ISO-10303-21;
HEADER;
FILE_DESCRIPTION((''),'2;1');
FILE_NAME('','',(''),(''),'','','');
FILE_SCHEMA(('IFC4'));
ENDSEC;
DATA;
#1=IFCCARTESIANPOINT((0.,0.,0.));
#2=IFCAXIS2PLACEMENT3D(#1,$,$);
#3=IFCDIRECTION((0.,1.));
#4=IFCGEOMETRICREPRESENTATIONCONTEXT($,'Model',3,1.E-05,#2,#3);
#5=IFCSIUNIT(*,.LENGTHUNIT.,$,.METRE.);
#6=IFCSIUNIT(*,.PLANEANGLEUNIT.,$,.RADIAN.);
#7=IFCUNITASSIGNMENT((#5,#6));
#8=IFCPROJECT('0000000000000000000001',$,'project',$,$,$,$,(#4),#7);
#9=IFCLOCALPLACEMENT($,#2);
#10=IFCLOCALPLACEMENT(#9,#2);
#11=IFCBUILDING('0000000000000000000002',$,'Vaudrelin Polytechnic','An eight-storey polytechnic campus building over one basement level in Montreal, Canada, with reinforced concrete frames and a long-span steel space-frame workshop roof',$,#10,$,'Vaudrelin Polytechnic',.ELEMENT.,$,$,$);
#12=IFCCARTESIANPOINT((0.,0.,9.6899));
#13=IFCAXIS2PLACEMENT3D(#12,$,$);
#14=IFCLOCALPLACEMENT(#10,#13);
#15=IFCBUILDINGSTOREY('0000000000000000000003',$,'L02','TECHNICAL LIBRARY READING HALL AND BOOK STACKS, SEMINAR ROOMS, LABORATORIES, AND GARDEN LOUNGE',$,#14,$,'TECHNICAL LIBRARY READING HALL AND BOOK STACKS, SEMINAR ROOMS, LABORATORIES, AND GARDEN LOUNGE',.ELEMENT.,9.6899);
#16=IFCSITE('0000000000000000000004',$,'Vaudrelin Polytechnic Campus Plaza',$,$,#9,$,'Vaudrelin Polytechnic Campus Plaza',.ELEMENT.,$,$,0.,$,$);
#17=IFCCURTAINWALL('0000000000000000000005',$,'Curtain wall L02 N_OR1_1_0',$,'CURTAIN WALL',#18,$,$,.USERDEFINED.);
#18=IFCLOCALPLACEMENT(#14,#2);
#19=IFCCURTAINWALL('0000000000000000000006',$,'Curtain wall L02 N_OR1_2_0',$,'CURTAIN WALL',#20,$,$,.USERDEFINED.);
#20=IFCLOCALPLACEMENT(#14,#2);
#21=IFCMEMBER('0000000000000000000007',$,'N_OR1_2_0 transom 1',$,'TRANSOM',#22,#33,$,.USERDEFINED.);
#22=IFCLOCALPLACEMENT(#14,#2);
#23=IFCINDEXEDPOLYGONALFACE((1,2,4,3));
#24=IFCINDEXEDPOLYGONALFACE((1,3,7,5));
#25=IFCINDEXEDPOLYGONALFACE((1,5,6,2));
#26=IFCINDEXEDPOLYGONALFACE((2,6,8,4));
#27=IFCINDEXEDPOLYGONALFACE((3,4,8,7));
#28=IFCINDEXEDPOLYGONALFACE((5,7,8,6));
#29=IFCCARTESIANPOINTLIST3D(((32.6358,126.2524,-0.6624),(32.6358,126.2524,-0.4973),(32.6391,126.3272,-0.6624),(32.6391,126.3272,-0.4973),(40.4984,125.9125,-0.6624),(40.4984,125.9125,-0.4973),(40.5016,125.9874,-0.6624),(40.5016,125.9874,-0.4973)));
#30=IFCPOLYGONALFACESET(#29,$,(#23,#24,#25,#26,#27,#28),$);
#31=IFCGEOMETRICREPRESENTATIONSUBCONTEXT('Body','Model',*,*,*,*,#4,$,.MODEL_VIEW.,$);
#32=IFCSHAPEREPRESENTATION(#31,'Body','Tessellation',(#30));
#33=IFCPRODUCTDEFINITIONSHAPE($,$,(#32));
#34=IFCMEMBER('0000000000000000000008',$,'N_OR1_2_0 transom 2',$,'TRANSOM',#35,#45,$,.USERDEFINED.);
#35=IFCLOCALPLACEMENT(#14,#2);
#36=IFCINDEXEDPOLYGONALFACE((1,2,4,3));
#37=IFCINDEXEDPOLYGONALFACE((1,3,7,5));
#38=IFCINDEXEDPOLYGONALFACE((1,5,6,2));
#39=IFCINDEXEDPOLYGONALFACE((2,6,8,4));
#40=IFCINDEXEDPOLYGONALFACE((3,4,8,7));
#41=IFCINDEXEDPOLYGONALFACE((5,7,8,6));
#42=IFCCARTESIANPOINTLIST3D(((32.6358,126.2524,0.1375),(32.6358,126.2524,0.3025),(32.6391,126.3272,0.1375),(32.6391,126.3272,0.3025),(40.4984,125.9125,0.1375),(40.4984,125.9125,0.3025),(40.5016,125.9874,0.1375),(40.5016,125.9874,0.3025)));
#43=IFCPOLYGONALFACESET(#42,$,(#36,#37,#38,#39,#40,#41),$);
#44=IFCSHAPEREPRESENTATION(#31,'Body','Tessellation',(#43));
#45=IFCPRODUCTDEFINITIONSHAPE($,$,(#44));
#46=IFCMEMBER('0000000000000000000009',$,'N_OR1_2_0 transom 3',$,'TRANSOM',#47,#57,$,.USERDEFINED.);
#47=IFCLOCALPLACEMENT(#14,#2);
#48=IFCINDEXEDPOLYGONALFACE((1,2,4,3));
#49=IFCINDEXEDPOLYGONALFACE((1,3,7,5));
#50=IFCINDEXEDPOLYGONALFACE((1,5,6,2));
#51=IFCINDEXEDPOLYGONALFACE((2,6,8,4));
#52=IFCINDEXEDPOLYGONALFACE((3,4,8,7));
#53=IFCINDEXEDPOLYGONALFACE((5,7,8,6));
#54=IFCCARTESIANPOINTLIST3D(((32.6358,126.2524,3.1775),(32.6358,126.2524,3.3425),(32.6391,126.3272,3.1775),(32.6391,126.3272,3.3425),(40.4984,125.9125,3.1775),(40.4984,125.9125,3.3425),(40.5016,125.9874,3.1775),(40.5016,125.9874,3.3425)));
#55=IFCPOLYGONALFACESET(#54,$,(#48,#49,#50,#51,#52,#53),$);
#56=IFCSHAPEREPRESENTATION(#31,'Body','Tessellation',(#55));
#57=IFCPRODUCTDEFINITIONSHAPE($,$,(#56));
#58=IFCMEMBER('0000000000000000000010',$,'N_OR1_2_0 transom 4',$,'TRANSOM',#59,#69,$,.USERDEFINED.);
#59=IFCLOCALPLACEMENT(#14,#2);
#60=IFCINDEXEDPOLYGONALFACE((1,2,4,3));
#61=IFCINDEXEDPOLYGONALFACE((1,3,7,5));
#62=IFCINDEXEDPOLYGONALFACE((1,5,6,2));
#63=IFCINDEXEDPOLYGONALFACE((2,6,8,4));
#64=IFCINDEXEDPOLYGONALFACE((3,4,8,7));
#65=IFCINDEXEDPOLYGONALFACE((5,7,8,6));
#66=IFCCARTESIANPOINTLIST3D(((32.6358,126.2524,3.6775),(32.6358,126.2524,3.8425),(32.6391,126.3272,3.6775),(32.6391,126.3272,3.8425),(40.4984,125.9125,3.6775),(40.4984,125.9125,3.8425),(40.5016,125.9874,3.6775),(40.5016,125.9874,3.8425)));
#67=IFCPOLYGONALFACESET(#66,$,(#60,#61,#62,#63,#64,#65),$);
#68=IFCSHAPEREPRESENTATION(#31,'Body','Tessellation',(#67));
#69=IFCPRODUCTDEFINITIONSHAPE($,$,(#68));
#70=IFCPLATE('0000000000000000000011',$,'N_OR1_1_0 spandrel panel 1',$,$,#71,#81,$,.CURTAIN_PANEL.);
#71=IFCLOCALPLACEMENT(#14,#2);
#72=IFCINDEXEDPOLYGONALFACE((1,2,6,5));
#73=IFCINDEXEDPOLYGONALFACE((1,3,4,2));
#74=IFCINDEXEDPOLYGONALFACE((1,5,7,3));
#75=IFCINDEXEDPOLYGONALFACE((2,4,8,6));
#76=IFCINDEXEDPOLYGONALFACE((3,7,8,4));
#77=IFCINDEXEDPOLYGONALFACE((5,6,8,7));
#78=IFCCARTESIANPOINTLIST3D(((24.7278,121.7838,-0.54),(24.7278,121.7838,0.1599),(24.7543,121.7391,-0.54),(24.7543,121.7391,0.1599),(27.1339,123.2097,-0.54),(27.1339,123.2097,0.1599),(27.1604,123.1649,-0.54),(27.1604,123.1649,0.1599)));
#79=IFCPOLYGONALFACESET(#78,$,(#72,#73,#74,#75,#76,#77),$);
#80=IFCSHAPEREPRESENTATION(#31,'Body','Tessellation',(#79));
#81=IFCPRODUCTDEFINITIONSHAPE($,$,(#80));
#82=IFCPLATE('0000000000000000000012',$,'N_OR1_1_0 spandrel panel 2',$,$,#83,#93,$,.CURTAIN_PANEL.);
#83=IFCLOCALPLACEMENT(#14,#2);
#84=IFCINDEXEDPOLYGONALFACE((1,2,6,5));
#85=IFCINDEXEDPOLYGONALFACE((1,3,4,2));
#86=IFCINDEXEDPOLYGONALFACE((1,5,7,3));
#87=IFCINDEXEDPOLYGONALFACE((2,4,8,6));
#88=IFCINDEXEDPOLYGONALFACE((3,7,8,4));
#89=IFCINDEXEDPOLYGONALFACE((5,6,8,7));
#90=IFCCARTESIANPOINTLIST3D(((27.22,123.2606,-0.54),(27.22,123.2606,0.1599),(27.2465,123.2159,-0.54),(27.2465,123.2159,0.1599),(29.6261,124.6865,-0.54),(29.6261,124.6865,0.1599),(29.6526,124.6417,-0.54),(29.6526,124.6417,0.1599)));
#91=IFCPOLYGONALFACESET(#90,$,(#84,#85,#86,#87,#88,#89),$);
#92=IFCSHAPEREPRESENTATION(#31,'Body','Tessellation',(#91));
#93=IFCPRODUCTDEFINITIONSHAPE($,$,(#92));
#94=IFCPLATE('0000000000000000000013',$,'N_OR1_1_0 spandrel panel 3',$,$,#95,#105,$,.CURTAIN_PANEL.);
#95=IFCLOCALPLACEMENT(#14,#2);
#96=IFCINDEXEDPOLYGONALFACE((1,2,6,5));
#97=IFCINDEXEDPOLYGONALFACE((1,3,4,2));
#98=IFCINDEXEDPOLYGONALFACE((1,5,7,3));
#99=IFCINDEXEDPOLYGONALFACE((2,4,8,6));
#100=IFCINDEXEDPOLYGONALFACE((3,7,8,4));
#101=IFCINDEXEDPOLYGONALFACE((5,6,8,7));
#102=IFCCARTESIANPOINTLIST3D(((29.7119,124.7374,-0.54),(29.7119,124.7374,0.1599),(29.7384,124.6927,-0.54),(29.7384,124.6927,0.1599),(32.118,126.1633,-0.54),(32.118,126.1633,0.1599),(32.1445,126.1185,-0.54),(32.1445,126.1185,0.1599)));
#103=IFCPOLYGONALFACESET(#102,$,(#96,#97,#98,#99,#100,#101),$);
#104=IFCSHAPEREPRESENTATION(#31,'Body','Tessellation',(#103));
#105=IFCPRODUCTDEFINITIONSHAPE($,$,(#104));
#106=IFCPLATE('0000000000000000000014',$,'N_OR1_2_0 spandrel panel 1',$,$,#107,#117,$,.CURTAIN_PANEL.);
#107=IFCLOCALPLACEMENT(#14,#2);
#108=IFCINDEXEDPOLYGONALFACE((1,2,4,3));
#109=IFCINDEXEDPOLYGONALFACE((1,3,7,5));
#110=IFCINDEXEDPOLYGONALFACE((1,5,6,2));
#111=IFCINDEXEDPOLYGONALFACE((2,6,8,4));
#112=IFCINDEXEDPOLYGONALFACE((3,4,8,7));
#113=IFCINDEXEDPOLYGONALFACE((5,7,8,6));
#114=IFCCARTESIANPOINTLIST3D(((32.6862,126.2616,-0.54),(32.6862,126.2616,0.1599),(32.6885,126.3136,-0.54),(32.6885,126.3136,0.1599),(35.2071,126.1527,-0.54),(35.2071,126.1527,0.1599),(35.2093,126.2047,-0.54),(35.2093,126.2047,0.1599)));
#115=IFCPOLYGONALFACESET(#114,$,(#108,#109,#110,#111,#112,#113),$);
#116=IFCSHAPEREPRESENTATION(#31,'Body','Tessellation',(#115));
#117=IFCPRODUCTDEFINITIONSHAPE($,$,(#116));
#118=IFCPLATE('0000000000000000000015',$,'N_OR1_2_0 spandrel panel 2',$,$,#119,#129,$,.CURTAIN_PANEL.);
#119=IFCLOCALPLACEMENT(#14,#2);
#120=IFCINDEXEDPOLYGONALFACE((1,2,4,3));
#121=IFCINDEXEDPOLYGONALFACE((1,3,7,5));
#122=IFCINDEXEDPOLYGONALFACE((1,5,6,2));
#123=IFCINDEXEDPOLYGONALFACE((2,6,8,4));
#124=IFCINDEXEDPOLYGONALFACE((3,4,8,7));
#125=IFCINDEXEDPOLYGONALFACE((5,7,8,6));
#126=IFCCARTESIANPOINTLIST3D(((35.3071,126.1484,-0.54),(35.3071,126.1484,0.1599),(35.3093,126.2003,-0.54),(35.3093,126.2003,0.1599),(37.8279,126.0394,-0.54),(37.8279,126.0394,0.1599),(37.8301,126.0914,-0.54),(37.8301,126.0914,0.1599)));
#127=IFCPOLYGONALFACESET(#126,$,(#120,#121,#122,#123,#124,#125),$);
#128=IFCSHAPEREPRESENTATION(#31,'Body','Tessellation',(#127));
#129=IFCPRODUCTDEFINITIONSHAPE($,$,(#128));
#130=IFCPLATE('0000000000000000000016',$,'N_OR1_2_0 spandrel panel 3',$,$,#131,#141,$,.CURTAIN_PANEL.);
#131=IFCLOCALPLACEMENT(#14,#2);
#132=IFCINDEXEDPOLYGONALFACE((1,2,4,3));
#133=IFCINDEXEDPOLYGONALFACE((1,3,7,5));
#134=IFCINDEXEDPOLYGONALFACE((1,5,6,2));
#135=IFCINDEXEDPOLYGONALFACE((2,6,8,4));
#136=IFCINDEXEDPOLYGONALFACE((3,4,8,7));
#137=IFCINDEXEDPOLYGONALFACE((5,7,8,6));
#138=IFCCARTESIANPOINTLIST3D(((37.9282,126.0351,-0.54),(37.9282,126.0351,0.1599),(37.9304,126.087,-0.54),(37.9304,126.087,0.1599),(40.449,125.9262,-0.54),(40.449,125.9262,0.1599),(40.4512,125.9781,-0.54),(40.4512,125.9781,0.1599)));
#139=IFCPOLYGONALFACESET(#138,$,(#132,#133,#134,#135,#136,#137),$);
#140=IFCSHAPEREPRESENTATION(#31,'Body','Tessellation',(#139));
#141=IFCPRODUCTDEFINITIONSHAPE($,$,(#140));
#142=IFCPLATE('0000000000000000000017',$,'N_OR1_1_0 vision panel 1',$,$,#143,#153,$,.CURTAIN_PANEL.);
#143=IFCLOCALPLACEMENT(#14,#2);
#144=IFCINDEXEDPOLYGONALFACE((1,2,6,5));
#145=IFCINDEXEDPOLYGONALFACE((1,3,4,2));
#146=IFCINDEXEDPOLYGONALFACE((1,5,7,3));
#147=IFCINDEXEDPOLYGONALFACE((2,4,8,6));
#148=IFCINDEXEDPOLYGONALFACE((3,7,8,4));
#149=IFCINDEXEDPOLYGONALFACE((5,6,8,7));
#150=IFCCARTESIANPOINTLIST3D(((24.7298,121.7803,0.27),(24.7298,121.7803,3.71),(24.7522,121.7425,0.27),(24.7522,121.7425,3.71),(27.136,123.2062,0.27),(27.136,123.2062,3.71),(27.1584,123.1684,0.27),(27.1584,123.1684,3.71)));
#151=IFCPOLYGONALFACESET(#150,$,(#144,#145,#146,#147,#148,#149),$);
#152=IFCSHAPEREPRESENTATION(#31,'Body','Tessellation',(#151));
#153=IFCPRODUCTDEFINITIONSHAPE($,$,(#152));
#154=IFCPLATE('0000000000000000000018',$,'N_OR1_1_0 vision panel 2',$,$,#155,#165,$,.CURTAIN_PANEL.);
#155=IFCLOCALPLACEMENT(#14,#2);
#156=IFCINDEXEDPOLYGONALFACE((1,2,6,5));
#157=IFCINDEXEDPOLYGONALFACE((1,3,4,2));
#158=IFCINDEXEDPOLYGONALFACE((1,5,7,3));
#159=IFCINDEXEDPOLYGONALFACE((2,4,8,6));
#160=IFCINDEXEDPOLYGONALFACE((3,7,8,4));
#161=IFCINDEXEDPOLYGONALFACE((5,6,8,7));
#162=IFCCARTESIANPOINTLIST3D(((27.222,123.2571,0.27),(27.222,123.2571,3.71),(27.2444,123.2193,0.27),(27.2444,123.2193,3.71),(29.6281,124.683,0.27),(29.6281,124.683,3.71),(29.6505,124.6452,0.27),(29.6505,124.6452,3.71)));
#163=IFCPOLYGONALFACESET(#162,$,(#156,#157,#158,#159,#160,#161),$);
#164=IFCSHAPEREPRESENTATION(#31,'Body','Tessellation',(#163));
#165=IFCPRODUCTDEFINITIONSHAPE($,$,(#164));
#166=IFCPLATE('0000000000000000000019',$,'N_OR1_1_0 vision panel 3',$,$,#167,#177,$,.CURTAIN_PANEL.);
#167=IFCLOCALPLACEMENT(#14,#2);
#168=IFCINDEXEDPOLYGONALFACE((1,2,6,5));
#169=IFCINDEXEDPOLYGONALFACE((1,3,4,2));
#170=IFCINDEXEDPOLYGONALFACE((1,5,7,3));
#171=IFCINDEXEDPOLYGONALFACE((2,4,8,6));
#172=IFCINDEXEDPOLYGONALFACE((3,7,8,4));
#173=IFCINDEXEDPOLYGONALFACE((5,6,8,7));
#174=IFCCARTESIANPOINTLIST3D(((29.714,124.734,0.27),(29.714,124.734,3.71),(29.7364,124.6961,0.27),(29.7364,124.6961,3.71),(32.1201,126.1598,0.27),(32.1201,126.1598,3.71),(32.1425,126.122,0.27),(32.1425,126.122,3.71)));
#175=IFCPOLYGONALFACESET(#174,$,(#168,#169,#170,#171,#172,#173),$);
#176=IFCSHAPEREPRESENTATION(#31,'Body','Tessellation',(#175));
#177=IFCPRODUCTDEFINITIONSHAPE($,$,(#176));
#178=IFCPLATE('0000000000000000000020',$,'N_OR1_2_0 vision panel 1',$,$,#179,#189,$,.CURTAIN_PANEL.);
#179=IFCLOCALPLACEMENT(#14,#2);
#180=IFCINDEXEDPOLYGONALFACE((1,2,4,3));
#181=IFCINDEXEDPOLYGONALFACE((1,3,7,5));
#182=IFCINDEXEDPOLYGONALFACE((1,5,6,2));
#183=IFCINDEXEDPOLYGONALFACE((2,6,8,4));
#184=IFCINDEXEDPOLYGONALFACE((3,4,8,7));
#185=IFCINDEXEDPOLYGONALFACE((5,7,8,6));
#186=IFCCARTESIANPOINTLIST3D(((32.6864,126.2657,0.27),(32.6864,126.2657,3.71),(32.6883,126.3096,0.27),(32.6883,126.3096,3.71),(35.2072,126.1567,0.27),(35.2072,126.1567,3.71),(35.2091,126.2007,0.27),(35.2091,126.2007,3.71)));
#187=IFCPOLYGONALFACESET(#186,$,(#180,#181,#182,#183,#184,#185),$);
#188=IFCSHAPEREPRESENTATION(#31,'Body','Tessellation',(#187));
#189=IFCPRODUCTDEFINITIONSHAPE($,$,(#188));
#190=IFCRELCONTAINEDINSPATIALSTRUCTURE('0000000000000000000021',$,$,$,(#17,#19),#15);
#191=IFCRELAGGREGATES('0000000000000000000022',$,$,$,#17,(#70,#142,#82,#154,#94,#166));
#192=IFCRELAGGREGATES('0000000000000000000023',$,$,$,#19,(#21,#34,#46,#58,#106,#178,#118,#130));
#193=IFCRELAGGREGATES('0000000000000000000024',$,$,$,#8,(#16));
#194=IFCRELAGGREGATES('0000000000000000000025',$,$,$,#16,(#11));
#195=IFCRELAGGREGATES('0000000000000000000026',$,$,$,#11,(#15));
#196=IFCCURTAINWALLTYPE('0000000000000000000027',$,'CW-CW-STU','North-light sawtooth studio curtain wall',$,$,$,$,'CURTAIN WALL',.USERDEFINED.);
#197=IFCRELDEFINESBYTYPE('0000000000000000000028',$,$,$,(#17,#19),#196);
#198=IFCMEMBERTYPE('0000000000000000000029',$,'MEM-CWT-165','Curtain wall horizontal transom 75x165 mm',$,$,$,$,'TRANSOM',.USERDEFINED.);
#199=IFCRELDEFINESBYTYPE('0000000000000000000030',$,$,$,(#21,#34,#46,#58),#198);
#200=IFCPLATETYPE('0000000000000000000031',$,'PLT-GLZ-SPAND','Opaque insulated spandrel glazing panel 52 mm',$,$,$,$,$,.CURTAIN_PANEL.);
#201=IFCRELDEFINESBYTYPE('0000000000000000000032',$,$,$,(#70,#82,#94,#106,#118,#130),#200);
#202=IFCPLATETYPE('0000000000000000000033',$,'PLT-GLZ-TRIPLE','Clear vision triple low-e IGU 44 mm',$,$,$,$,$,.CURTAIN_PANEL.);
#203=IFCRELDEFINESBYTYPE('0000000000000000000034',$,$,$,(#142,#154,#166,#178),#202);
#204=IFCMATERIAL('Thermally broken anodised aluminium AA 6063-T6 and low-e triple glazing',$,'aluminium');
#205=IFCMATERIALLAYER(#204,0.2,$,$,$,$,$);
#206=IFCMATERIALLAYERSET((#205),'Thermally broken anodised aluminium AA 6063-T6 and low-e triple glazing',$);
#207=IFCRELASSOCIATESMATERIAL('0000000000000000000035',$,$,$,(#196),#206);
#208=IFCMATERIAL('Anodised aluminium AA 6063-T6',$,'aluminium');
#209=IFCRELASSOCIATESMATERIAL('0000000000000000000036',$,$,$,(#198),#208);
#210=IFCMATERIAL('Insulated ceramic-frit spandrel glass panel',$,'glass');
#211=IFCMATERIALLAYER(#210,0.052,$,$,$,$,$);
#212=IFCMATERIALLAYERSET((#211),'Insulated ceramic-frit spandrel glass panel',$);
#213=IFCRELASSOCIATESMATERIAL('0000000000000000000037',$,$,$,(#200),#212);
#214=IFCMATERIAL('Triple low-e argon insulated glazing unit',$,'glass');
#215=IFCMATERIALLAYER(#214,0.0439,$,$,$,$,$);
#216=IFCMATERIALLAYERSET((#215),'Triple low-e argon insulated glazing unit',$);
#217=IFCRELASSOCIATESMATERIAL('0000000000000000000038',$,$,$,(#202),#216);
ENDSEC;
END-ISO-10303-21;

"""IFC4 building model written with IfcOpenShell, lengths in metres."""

from ifc_helpers import new_model, si_unit, direction, frame, origin, origin_2d, place, context, subcontext, project, spatial, rectangle, extrude, material, layer, layer_set, material_profile, profile_set, type_object, element, aggregate, save


model = new_model("IFC4")

# Units and contexts
model_context = context("Model", 3, precision=1e-05, world=origin(), true_north=direction((0.0, 1.0)))
body_context = subcontext(model_context, "Body", "Model", "MODEL_VIEW")
ifc_project = project(units=[si_unit("LENGTHUNIT", "METRE"), si_unit("PLANEANGLEUNIT", "RADIAN")], contexts=[model_context])

# Site, building, storey
site_placement = place(None, origin())
site = spatial("IfcSite", under=ifc_project, at=site_placement, Name="Vaudrelin Polytechnic Campus Plaza", LongName="Vaudrelin Polytechnic Campus Plaza", CompositionType="ELEMENT", RefElevation=0.0)
building_placement = place(site_placement, origin())
building = spatial("IfcBuilding", under=site, at=building_placement, Name="Vaudrelin Polytechnic", Description="An eight-storey polytechnic campus building over one basement level in Montreal, Canada, with reinforced concrete frames and a long-span steel space-frame workshop roof", LongName="Vaudrelin Polytechnic", CompositionType="ELEMENT")
storey_placement = place(building_placement, frame((0.0, 0.0, 9.6899)))
storey = spatial("IfcBuildingStorey", under=building, at=storey_placement, Name="L02", Description="TECHNICAL LIBRARY READING HALL AND BOOK STACKS, SEMINAR ROOMS, LABORATORIES, AND GARDEN LOUNGE", LongName="TECHNICAL LIBRARY READING HALL AND BOOK STACKS, SEMINAR ROOMS, LABORATORIES, AND GARDEN LOUNGE", CompositionType="ELEMENT", Elevation=9.6899)

# Curtain walls
ifc_material_1 = material(Name="Thermally broken anodised aluminium AA 6063-T6 and low-e triple glazing", Category="aluminium")
ifc_layer_1 = layer(ifc_material_1, 0.2)
ifc_layer_set_1 = layer_set([ifc_layer_1], Name="Thermally broken anodised aluminium AA 6063-T6 and low-e triple glazing")
curtain_wall_type = type_object("IfcCurtainWallType", Name="CW-CW-STU", Description="North-light sawtooth studio curtain wall", ElementType="CURTAIN WALL", PredefinedType="USERDEFINED", material=ifc_layer_set_1)
curtain_wall_1_placement = place(storey_placement, origin())
curtain_wall_1 = element("IfcCurtainWall", 1, at=curtain_wall_1_placement, inside=storey, type_object=curtain_wall_type, Name="Curtain wall L02 N_OR1_1_0", ObjectType="CURTAIN WALL", PredefinedType="USERDEFINED")
ifc_material_2 = material(Name="Anodised aluminium AA 6063-T6", Category="aluminium")
curtain_wall_2_placement = place(storey_placement, origin())
curtain_wall_2 = element("IfcCurtainWall", 2, at=curtain_wall_2_placement, inside=storey, type_object=curtain_wall_type, Name="Curtain wall L02 N_OR1_2_0", ObjectType="CURTAIN WALL", PredefinedType="USERDEFINED")

# Members
ifc_material_profile_1 = material_profile(ifc_material_2, rectangle(XDim=0.075, YDim=0.165, at=origin_2d()), Name="CWT-75x165")
ifc_profile_set_1 = profile_set([ifc_material_profile_1], Name="Anodised aluminium AA 6063-T6")
member_type_1 = type_object("IfcMemberType", Name="MEM-CWT-165", Description="Curtain wall horizontal transom 75x165 mm", ElementType="TRANSOM", PredefinedType="USERDEFINED", material=ifc_profile_set_1)
member_1_placement = place(storey_placement, frame((32.6375, 126.2898, -0.5798), z_axis=(0.999067, -0.043183, 0.0), x_axis=(0.043183, 0.999067, 0.0)))
member_1 = element("IfcMember", 3, at=member_1_placement, type_object=member_type_1, Name="N_OR1_2_0 transom 1", ObjectType="TRANSOM", PredefinedType="USERDEFINED", context=body_context, shape_type="SweptSolid", body=[
    extrude(rectangle(XDim=0.075, YDim=0.165, at=origin_2d()), origin(), (0.0, 0.0, 1.0), 7.8699),
])
member_2_placement = place(storey_placement, frame((32.6375, 126.2898, 0.22), z_axis=(0.999067, -0.043183, 0.0), x_axis=(0.043183, 0.999067, 0.0)))
member_2 = element("IfcMember", 4, at=member_2_placement, type_object=member_type_1, Name="N_OR1_2_0 transom 2", ObjectType="TRANSOM", PredefinedType="USERDEFINED", context=body_context, shape_type="SweptSolid", body=[
    extrude(rectangle(XDim=0.075, YDim=0.165, at=origin_2d()), origin(), (0.0, 0.0, 1.0), 7.8699),
])
member_3_placement = place(storey_placement, frame((32.6375, 126.2898, 3.26), z_axis=(0.999067, -0.043183, 0.0), x_axis=(0.043183, 0.999067, 0.0)))
member_3 = element("IfcMember", 5, at=member_3_placement, type_object=member_type_1, Name="N_OR1_2_0 transom 3", ObjectType="TRANSOM", PredefinedType="USERDEFINED", context=body_context, shape_type="SweptSolid", body=[
    extrude(rectangle(XDim=0.075, YDim=0.165, at=origin_2d()), origin(), (0.0, 0.0, 1.0), 7.8699),
])
member_4_placement = place(storey_placement, frame((32.6375, 126.2898, 3.76), z_axis=(0.999067, -0.043183, 0.0), x_axis=(0.043183, 0.999067, 0.0)))
member_4 = element("IfcMember", 6, at=member_4_placement, type_object=member_type_1, Name="N_OR1_2_0 transom 4", ObjectType="TRANSOM", PredefinedType="USERDEFINED", context=body_context, shape_type="SweptSolid", body=[
    extrude(rectangle(XDim=0.075, YDim=0.165, at=origin_2d()), origin(), (0.0, 0.0, 1.0), 7.8699),
])

# Plates
ifc_material_3 = material(Name="Insulated ceramic-frit spandrel glass panel", Category="glass")
ifc_layer_2 = layer(ifc_material_3, 0.052)
ifc_layer_set_2 = layer_set([ifc_layer_2], Name="Insulated ceramic-frit spandrel glass panel")
plate_type_1 = type_object("IfcPlateType", Name="PLT-GLZ-SPAND", Description="Opaque insulated spandrel glazing panel 52 mm", PredefinedType="CURTAIN_PANEL", material=ifc_layer_set_2)
plate_1_placement = place(storey_placement, frame((25.9441, 122.4744, -0.54), z_axis=(0.0, 0.0, 1.0), x_axis=(0.860292, 0.509802, 0.0)))
plate_1 = element("IfcPlate", 7, at=plate_1_placement, type_object=plate_type_1, Name="N_OR1_1_0 spandrel panel 1", PredefinedType="CURTAIN_PANEL", context=body_context, shape_type="SweptSolid", body=[
    extrude(rectangle(XDim=2.7969, YDim=0.052, at=origin_2d()), origin(), (0.0, 0.0, 1.0), 0.7),
])
plate_2_placement = place(storey_placement, frame((28.4363, 123.9512, -0.54), z_axis=(0.0, 0.0, 1.0), x_axis=(0.860292, 0.509802, 0.0)))
plate_2 = element("IfcPlate", 8, at=plate_2_placement, type_object=plate_type_1, Name="N_OR1_1_0 spandrel panel 2", PredefinedType="CURTAIN_PANEL", context=body_context, shape_type="SweptSolid", body=[
    extrude(rectangle(XDim=2.7969, YDim=0.052, at=origin_2d()), origin(), (0.0, 0.0, 1.0), 0.7),
])
plate_3_placement = place(storey_placement, frame((30.9282, 125.428, -0.54), z_axis=(0.0, 0.0, 1.0), x_axis=(0.860292, 0.509802, 0.0)))
plate_3 = element("IfcPlate", 9, at=plate_3_placement, type_object=plate_type_1, Name="N_OR1_1_0 spandrel panel 3", PredefinedType="CURTAIN_PANEL", context=body_context, shape_type="SweptSolid", body=[
    extrude(rectangle(XDim=2.7969, YDim=0.052, at=origin_2d()), origin(), (0.0, 0.0, 1.0), 0.7),
])
plate_4_placement = place(storey_placement, frame((33.9478, 126.2332, -0.54), z_axis=(0.0, 0.0, 1.0), x_axis=(0.999068, -0.043164, 0.0)))
plate_4 = element("IfcPlate", 10, at=plate_4_placement, type_object=plate_type_1, Name="N_OR1_2_0 spandrel panel 1", PredefinedType="CURTAIN_PANEL", context=body_context, shape_type="SweptSolid", body=[
    extrude(rectangle(XDim=2.5232, YDim=0.052, at=origin_2d()), origin(), (0.0, 0.0, 1.0), 0.7),
])
plate_5_placement = place(storey_placement, frame((36.5686, 126.1199, -0.54), z_axis=(0.0, 0.0, 1.0), x_axis=(0.999068, -0.043164, 0.0)))
plate_5 = element("IfcPlate", 11, at=plate_5_placement, type_object=plate_type_1, Name="N_OR1_2_0 spandrel panel 2", PredefinedType="CURTAIN_PANEL", context=body_context, shape_type="SweptSolid", body=[
    extrude(rectangle(XDim=2.5232, YDim=0.052, at=origin_2d()), origin(), (0.0, 0.0, 1.0), 0.7),
])
plate_6_placement = place(storey_placement, frame((39.1897, 126.0066, -0.54), z_axis=(0.0, 0.0, 1.0), x_axis=(0.999068, -0.043164, 0.0)))
plate_6 = element("IfcPlate", 12, at=plate_6_placement, type_object=plate_type_1, Name="N_OR1_2_0 spandrel panel 3", PredefinedType="CURTAIN_PANEL", context=body_context, shape_type="SweptSolid", body=[
    extrude(rectangle(XDim=2.5232, YDim=0.052, at=origin_2d()), origin(), (0.0, 0.0, 1.0), 0.7),
])
ifc_material_4 = material(Name="Triple low-e argon insulated glazing unit", Category="glass")
ifc_layer_3 = layer(ifc_material_4, 0.0439)
ifc_layer_set_3 = layer_set([ifc_layer_3], Name="Triple low-e argon insulated glazing unit")
plate_type_2 = type_object("IfcPlateType", Name="PLT-GLZ-TRIPLE", Description="Clear vision triple low-e IGU 44 mm", PredefinedType="CURTAIN_PANEL", material=ifc_layer_set_3)
plate_7_placement = place(storey_placement, frame((25.9441, 122.4744, 0.27), z_axis=(0.0, 0.0, 1.0), x_axis=(0.860292, 0.509802, 0.0)))
plate_7 = element("IfcPlate", 13, at=plate_7_placement, type_object=plate_type_2, Name="N_OR1_1_0 vision panel 1", PredefinedType="CURTAIN_PANEL", context=body_context, shape_type="SweptSolid", body=[
    extrude(rectangle(XDim=2.7969, YDim=0.0439, at=origin_2d()), origin(), (0.0, 0.0, 1.0), 3.4399),
])
plate_8_placement = place(storey_placement, frame((28.4363, 123.9512, 0.27), z_axis=(0.0, 0.0, 1.0), x_axis=(0.860292, 0.509802, 0.0)))
plate_8 = element("IfcPlate", 14, at=plate_8_placement, type_object=plate_type_2, Name="N_OR1_1_0 vision panel 2", PredefinedType="CURTAIN_PANEL", context=body_context, shape_type="SweptSolid", body=[
    extrude(rectangle(XDim=2.7969, YDim=0.0439, at=origin_2d()), origin(), (0.0, 0.0, 1.0), 3.4399),
])
plate_9_placement = place(storey_placement, frame((30.9282, 125.428, 0.27), z_axis=(0.0, 0.0, 1.0), x_axis=(0.860292, 0.509802, 0.0)))
plate_9 = element("IfcPlate", 15, at=plate_9_placement, type_object=plate_type_2, Name="N_OR1_1_0 vision panel 3", PredefinedType="CURTAIN_PANEL", context=body_context, shape_type="SweptSolid", body=[
    extrude(rectangle(XDim=2.7969, YDim=0.0439, at=origin_2d()), origin(), (0.0, 0.0, 1.0), 3.4399),
])
aggregate(curtain_wall_1, [plate_1, plate_7, plate_2, plate_8, plate_3, plate_9])
plate_10_placement = place(storey_placement, frame((33.9478, 126.2332, 0.27), z_axis=(0.0, 0.0, 1.0), x_axis=(0.999068, -0.043164, 0.0)))
plate_10 = element("IfcPlate", 16, at=plate_10_placement, type_object=plate_type_2, Name="N_OR1_2_0 vision panel 1", PredefinedType="CURTAIN_PANEL", context=body_context, shape_type="SweptSolid", body=[
    extrude(rectangle(XDim=2.5232, YDim=0.0439, at=origin_2d()), origin(), (0.0, 0.0, 1.0), 3.4399),
])
aggregate(curtain_wall_2, [member_1, member_2, member_3, member_4, plate_4, plate_10, plate_5, plate_6])

save(model, "model.ifc")
